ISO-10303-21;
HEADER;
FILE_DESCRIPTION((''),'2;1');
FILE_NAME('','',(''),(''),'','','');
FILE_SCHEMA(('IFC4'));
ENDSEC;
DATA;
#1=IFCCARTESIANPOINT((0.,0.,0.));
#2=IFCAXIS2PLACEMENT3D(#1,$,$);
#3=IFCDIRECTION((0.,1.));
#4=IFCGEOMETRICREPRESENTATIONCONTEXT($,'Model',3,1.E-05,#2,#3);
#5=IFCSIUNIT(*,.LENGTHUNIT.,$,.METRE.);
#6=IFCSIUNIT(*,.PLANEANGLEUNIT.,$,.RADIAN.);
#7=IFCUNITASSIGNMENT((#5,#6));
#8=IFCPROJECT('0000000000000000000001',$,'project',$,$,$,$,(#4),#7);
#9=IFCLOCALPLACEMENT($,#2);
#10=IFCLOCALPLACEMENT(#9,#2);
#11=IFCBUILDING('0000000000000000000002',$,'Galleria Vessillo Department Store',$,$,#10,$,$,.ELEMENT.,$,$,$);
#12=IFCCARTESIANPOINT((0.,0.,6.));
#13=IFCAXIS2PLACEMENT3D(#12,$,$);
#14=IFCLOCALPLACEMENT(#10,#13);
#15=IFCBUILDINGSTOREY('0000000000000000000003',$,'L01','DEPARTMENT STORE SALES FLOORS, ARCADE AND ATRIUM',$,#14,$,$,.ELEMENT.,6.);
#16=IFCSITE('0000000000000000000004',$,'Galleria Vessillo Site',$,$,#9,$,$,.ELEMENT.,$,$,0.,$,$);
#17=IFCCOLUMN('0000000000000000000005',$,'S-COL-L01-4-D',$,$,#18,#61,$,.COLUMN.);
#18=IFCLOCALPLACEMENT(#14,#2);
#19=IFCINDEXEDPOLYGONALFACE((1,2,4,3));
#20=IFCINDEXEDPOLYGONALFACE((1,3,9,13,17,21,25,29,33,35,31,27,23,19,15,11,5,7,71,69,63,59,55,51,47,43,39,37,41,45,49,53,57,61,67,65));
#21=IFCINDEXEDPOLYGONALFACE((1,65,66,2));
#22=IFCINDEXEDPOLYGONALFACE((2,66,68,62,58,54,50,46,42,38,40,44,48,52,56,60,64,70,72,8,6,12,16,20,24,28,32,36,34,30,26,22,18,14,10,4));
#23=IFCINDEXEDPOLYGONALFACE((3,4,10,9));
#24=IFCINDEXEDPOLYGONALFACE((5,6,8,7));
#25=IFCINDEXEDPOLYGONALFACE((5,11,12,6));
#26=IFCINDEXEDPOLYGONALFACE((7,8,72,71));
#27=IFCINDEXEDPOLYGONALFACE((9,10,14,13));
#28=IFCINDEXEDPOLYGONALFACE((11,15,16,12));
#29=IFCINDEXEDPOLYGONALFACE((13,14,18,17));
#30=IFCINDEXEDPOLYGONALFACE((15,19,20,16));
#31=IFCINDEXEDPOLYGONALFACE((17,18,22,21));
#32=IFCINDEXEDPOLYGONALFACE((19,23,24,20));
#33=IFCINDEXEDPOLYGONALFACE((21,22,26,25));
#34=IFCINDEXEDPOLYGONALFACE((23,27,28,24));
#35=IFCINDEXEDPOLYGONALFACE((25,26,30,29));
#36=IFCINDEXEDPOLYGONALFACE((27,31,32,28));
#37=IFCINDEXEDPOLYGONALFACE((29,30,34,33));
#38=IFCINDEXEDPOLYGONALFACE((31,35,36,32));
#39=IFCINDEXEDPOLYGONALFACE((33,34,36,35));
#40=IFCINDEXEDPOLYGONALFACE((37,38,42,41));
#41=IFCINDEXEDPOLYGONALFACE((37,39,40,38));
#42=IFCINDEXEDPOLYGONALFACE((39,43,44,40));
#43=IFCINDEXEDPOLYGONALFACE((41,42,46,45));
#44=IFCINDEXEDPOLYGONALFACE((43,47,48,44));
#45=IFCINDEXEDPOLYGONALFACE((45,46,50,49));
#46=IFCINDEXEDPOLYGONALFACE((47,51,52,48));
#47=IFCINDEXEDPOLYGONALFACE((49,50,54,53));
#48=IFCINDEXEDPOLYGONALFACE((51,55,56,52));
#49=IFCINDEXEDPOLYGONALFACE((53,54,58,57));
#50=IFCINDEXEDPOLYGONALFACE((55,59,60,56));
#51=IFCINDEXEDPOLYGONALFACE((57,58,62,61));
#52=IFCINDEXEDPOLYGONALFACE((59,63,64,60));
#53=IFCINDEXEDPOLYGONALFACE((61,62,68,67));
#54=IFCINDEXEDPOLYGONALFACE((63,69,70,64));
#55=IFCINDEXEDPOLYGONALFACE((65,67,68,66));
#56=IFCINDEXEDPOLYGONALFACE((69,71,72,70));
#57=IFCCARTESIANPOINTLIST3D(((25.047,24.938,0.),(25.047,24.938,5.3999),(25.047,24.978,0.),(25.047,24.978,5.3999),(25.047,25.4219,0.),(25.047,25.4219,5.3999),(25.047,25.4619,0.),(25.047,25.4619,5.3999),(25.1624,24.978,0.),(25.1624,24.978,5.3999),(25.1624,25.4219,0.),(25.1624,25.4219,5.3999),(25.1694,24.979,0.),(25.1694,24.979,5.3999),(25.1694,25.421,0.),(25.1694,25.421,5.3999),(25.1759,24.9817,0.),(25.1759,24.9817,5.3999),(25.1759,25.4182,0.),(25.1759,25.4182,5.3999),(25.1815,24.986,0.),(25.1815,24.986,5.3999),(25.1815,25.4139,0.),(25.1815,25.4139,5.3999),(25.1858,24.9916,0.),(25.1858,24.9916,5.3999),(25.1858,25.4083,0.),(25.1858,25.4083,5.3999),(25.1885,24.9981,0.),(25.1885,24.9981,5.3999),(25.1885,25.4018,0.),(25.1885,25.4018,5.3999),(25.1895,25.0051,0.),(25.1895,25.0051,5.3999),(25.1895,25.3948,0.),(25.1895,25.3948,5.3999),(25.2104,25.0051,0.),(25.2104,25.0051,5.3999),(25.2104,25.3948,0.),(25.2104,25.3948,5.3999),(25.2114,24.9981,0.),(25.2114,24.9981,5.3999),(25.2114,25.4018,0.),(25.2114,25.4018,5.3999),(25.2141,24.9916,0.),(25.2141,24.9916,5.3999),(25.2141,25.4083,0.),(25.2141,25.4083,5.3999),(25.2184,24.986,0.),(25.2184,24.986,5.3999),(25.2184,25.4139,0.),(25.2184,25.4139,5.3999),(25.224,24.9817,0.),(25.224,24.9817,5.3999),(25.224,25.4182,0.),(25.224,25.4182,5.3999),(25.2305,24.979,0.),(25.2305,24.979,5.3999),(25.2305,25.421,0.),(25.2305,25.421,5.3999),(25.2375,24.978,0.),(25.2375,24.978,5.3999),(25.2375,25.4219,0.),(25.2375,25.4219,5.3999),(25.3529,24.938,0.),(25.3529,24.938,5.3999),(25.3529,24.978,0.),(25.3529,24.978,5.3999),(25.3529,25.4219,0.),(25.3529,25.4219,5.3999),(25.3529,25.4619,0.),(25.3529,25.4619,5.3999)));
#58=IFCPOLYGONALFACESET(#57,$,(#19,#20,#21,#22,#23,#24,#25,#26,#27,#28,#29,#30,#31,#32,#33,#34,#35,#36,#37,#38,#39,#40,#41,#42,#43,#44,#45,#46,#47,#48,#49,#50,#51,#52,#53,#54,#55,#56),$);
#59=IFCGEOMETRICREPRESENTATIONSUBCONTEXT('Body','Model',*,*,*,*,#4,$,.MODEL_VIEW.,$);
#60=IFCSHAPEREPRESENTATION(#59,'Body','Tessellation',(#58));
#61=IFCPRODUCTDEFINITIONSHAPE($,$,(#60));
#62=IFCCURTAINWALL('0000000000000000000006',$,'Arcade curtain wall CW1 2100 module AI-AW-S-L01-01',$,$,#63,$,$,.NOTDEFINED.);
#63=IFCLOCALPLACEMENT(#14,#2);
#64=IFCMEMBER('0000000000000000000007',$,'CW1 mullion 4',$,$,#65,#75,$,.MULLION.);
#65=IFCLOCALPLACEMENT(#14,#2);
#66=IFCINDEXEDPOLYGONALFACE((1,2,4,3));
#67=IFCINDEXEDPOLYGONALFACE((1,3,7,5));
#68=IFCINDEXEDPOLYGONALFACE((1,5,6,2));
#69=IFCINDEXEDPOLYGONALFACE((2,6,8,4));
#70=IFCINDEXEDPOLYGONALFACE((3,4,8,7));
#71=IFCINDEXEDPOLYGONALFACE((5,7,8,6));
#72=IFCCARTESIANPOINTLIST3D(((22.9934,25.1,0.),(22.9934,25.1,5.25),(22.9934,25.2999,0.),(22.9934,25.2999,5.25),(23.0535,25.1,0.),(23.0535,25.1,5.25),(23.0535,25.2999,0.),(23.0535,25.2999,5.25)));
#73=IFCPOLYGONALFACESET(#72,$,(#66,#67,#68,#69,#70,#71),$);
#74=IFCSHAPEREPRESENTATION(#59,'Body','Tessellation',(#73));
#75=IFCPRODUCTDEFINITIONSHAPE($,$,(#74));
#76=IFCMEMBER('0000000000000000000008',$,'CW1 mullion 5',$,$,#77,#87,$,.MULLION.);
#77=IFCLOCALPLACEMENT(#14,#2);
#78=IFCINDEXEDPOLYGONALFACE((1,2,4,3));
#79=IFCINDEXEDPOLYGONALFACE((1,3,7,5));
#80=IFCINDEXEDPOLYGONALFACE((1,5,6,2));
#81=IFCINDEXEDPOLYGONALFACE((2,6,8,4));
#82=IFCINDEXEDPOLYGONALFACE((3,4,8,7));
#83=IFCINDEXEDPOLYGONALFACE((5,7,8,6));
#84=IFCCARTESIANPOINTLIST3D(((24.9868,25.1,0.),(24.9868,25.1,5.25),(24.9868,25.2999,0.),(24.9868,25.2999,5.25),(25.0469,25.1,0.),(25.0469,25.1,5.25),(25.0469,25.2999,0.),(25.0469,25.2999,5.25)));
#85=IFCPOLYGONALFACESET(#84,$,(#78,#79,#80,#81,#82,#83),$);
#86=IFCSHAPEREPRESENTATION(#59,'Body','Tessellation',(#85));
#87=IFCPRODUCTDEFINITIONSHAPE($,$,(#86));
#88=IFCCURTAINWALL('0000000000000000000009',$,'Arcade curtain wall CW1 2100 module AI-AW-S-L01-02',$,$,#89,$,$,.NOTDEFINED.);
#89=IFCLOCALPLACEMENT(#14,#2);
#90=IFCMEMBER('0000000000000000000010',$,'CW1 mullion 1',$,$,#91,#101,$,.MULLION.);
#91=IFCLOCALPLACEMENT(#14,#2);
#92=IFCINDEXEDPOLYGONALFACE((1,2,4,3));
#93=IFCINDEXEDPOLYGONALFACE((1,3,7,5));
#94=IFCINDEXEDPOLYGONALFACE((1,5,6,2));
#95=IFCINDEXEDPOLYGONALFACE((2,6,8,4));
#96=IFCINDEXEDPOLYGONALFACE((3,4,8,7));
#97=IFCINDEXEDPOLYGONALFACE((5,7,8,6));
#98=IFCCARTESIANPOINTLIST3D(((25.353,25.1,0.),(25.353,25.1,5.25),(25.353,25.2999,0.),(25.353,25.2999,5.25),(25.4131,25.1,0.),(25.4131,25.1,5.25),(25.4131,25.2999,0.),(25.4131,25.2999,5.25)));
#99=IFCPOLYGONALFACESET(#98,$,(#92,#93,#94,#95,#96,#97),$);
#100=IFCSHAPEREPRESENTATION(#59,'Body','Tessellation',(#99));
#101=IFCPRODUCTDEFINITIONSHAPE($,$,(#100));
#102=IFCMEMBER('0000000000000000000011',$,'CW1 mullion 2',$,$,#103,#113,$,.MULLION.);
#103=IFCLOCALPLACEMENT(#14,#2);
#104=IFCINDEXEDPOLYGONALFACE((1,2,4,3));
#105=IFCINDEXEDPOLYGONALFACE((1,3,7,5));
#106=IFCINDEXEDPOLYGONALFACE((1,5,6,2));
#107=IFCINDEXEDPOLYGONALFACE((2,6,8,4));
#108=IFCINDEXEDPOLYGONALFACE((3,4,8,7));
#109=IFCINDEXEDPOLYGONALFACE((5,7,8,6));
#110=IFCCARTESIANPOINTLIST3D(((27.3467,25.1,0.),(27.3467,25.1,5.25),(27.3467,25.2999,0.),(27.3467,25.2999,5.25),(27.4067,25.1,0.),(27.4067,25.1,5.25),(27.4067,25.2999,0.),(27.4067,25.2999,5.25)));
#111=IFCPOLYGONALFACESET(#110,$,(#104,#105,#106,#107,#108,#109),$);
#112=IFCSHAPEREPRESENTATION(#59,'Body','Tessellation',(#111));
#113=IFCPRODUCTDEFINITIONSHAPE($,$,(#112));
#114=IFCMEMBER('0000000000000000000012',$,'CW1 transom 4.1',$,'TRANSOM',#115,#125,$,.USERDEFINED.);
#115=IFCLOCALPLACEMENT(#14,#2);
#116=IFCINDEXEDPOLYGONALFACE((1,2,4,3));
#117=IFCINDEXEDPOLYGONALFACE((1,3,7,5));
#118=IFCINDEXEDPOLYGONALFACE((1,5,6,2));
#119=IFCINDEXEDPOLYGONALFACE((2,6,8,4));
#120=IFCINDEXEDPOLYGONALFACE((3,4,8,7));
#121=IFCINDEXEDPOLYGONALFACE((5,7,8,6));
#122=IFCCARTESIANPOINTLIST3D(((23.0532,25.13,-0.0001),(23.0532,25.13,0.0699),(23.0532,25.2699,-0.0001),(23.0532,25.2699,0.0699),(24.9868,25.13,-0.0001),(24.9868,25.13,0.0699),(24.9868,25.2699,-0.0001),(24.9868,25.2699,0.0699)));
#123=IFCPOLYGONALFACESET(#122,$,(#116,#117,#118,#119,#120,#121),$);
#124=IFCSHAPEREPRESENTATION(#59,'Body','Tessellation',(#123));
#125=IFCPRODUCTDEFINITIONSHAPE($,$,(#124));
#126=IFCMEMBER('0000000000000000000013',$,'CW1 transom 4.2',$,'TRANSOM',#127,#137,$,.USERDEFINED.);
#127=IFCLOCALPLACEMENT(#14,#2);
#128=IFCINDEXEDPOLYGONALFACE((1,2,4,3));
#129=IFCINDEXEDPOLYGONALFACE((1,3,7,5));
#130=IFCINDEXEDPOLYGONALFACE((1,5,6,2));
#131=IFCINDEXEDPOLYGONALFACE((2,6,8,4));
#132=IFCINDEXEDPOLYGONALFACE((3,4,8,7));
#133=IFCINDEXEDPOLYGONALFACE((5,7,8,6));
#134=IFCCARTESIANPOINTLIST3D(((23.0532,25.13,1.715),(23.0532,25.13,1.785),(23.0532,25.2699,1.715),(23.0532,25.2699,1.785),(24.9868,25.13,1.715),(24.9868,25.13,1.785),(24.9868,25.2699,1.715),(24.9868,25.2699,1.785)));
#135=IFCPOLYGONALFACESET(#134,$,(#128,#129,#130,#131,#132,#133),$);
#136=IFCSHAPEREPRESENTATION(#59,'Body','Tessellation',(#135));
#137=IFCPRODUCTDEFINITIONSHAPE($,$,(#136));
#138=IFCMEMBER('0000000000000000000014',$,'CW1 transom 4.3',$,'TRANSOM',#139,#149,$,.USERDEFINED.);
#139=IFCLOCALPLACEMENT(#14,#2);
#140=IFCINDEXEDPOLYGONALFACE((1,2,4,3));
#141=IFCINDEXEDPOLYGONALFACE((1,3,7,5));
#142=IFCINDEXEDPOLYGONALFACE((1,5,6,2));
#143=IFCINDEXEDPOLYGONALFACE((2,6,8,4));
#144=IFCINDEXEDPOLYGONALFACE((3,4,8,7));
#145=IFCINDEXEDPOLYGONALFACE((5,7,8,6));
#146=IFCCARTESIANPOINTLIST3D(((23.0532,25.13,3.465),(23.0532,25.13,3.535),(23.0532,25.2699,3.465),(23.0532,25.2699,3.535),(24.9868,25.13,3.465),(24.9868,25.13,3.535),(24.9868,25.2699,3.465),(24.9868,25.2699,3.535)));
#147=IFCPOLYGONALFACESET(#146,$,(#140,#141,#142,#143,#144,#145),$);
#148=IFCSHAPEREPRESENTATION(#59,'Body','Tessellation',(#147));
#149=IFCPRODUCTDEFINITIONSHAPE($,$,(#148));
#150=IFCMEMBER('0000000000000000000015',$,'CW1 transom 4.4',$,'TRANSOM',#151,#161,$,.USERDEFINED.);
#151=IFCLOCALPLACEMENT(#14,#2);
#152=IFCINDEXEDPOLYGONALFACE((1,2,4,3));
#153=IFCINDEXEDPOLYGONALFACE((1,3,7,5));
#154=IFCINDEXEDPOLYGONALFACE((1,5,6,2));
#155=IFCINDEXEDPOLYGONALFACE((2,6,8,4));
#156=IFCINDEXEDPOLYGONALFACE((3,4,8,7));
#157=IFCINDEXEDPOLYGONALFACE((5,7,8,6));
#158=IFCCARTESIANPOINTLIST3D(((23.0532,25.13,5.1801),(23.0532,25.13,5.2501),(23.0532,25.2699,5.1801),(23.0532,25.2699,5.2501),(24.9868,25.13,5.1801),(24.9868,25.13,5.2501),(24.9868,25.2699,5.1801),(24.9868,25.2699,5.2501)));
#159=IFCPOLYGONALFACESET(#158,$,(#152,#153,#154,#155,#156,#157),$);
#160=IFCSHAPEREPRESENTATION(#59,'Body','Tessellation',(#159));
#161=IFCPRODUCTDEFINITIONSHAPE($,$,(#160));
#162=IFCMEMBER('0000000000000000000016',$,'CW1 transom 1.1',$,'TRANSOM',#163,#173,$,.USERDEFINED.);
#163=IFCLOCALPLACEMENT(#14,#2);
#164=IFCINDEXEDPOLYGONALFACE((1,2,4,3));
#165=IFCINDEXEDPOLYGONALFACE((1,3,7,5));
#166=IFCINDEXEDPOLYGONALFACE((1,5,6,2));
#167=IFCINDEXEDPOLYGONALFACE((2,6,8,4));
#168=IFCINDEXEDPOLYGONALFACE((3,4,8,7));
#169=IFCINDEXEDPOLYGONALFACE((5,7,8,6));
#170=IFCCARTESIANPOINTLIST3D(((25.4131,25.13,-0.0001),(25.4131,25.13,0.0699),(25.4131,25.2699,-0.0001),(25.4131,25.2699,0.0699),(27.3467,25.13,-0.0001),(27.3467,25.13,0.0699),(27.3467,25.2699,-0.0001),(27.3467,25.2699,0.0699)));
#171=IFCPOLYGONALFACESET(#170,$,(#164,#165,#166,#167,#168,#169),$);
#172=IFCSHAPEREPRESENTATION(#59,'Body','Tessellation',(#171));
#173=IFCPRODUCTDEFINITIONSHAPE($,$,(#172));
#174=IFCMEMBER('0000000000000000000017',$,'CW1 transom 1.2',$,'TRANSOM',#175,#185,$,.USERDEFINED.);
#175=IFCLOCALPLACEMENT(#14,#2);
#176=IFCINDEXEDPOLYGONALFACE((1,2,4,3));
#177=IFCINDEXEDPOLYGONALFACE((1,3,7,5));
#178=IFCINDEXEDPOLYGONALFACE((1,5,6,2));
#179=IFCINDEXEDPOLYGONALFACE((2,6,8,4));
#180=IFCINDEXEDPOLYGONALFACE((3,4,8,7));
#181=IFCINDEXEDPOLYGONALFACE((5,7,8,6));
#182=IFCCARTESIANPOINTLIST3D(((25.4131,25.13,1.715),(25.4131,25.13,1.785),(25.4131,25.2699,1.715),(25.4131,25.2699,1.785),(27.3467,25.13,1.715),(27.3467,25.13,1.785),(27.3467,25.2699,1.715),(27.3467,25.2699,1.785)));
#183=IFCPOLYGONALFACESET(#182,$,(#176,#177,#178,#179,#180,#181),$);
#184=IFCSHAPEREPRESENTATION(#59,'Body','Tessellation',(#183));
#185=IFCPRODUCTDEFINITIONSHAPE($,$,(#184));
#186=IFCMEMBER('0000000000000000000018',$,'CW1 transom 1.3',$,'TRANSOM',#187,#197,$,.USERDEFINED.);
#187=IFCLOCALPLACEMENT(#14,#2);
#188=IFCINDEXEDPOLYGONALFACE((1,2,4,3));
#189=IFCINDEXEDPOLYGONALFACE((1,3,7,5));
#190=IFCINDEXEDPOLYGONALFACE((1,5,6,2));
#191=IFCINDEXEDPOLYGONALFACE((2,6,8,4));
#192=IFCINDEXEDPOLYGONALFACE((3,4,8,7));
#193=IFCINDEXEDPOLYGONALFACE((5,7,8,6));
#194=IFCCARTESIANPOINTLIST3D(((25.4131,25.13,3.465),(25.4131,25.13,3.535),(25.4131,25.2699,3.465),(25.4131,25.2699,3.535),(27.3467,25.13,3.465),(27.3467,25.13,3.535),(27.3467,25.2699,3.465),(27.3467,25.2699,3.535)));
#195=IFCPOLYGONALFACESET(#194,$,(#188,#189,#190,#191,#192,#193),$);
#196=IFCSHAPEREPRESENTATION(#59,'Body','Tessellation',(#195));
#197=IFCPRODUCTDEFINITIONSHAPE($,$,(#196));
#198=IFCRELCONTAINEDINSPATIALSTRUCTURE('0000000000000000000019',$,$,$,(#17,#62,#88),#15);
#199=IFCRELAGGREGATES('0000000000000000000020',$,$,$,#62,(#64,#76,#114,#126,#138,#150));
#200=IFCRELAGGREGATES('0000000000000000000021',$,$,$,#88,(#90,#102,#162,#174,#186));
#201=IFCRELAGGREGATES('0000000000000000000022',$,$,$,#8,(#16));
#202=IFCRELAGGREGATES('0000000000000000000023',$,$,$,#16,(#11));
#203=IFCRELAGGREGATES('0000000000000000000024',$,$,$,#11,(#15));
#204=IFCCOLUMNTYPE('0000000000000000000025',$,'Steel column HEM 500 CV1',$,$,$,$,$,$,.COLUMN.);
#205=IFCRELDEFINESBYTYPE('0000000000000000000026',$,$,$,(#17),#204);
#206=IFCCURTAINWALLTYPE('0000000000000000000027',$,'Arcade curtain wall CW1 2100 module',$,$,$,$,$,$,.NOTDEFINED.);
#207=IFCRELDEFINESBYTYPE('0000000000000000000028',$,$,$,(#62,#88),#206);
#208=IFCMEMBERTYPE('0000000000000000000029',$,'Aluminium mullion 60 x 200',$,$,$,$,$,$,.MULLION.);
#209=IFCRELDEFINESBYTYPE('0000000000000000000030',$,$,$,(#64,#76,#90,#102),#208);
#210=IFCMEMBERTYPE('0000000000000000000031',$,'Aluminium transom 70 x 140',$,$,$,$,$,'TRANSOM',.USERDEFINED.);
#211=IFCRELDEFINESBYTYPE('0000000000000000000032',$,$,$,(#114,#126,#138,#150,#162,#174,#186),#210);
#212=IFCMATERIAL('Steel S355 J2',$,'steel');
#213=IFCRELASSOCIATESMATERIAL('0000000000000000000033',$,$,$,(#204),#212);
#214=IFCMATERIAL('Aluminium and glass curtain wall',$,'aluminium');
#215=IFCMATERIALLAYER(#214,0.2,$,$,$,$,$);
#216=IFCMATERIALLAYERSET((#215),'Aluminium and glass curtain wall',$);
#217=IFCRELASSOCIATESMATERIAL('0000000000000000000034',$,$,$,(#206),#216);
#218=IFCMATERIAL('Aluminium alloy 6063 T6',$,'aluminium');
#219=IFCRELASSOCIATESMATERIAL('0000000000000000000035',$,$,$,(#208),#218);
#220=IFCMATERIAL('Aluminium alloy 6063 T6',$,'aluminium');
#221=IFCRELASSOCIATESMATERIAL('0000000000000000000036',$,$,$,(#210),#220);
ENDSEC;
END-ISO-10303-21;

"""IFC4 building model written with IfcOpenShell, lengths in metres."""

from ifc_helpers import new_model, si_unit, direction, frame, origin, origin_2d, place, context, subcontext, project, spatial, rectangle, i_section, extrude, material, layer, layer_set, material_profile, profile_set, type_object, element, aggregate, save


model = new_model("IFC4")

# Units and contexts
model_context = context("Model", 3, precision=1e-05, world=origin(), true_north=direction((0.0, 1.0)))
body_context = subcontext(model_context, "Body", "Model", "MODEL_VIEW")
ifc_project = project(units=[si_unit("LENGTHUNIT", "METRE"), si_unit("PLANEANGLEUNIT", "RADIAN")], contexts=[model_context])

# Site, building, storey
site_placement = place(None, origin())
site = spatial("IfcSite", under=ifc_project, at=site_placement, Name="Galleria Vessillo Site", CompositionType="ELEMENT", RefElevation=0.0)
building_placement = place(site_placement, origin())
building = spatial("IfcBuilding", under=site, at=building_placement, Name="Galleria Vessillo Department Store", CompositionType="ELEMENT")
storey_placement = place(building_placement, frame((0.0, 0.0, 6.0)))
storey = spatial("IfcBuildingStorey", under=building, at=storey_placement, Name="L01", Description="DEPARTMENT STORE SALES FLOORS, ARCADE AND ATRIUM", CompositionType="ELEMENT", Elevation=6.0)

# Column
ifc_material_1 = material(Name="Steel S355 J2", Category="steel")
ifc_material_profile_1 = material_profile(ifc_material_1, i_section(OverallWidth=0.3059, OverallDepth=0.5239, WebThickness=0.021, FlangeThickness=0.04, FilletRadius=0.0271, at=origin_2d()), Name="HEM 500")
ifc_profile_set_1 = profile_set([ifc_material_profile_1], Name="Steel S355 J2")
column_type = type_object("IfcColumnType", Name="Steel column HEM 500 CV1", PredefinedType="COLUMN", material=ifc_profile_set_1)
column_placement = place(storey_placement, frame((25.2, 25.2, 0.0), z_axis=(0.0, 0.0, 1.0), x_axis=(1.0, 0.0, 0.0)))
element("IfcColumn", 1, at=column_placement, inside=storey, type_object=column_type, Name="S-COL-L01-4-D", PredefinedType="COLUMN", context=body_context, shape_type="SweptSolid", body=[
    extrude(i_section(OverallWidth=0.3059, OverallDepth=0.5239, WebThickness=0.021, FlangeThickness=0.04, FilletRadius=0.0271, at=origin_2d()), origin(), (0.0, 0.0, 1.0), 5.3999),
])

# Curtain walls, members
ifc_material_2 = material(Name="Aluminium and glass curtain wall", Category="aluminium")
ifc_layer_1 = layer(ifc_material_2, 0.2)
ifc_layer_set_1 = layer_set([ifc_layer_1], Name="Aluminium and glass curtain wall")
curtain_wall_type = type_object("IfcCurtainWallType", Name="Arcade curtain wall CW1 2100 module", PredefinedType="NOTDEFINED", material=ifc_layer_set_1)
curtain_wall_1_placement = place(storey_placement, origin())
curtain_wall_1 = element("IfcCurtainWall", 2, at=curtain_wall_1_placement, inside=storey, type_object=curtain_wall_type, Name="Arcade curtain wall CW1 2100 module AI-AW-S-L01-01", PredefinedType="NOTDEFINED")
ifc_material_3 = material(Name="Aluminium alloy 6063 T6", Category="aluminium")
ifc_material_profile_2 = material_profile(ifc_material_3, rectangle(XDim=0.2, YDim=0.0601, at=origin_2d()), Name="AL 60x200")
ifc_profile_set_2 = profile_set([ifc_material_profile_2], Name="Aluminium alloy 6063 T6")
member_type_1 = type_object("IfcMemberType", Name="Aluminium mullion 60 x 200", PredefinedType="MULLION", material=ifc_profile_set_2)
member_1_placement = place(storey_placement, frame((23.0234, 25.2, 0.0), z_axis=(0.0, 0.0, 1.0), x_axis=(0.0, 1.0, 0.0)))
member_1 = element("IfcMember", 3, at=member_1_placement, type_object=member_type_1, Name="CW1 mullion 4", PredefinedType="MULLION", context=body_context, shape_type="SweptSolid", body=[
    extrude(rectangle(XDim=0.2, YDim=0.0601, at=origin_2d()), origin(), (0.0, 0.0, 1.0), 5.25),
])
member_2_placement = place(storey_placement, frame((25.0168, 25.2, 0.0), z_axis=(0.0, 0.0, 1.0), x_axis=(0.0, 1.0, 0.0)))
member_2 = element("IfcMember", 4, at=member_2_placement, type_object=member_type_1, Name="CW1 mullion 5", PredefinedType="MULLION", context=body_context, shape_type="SweptSolid", body=[
    extrude(rectangle(XDim=0.2, YDim=0.0601, at=origin_2d()), origin(), (0.0, 0.0, 1.0), 5.25),
])
curtain_wall_2_placement = place(storey_placement, origin())
curtain_wall_2 = element("IfcCurtainWall", 5, at=curtain_wall_2_placement, inside=storey, type_object=curtain_wall_type, Name="Arcade curtain wall CW1 2100 module AI-AW-S-L01-02", PredefinedType="NOTDEFINED")
member_3_placement = place(storey_placement, frame((25.3831, 25.2, 0.0), z_axis=(0.0, 0.0, 1.0), x_axis=(0.0, 1.0, 0.0)))
member_3 = element("IfcMember", 6, at=member_3_placement, type_object=member_type_1, Name="CW1 mullion 1", PredefinedType="MULLION", context=body_context, shape_type="SweptSolid", body=[
    extrude(rectangle(XDim=0.2, YDim=0.0601, at=origin_2d()), origin(), (0.0, 0.0, 1.0), 5.25),
])
member_4_placement = place(storey_placement, frame((27.3767, 25.2, 0.0), z_axis=(0.0, 0.0, 1.0), x_axis=(0.0, 1.0, 0.0)))
member_4 = element("IfcMember", 7, at=member_4_placement, type_object=member_type_1, Name="CW1 mullion 2", PredefinedType="MULLION", context=body_context, shape_type="SweptSolid", body=[
    extrude(rectangle(XDim=0.2, YDim=0.0601, at=origin_2d()), origin(), (0.0, 0.0, 1.0), 5.25),
])

# Members
ifc_material_4 = material(Name="Aluminium alloy 6063 T6", Category="aluminium")
ifc_material_profile_3 = material_profile(ifc_material_4, rectangle(XDim=0.1399, YDim=0.0701, at=origin_2d()), Name="AL 70x140")
ifc_profile_set_3 = profile_set([ifc_material_profile_3], Name="Aluminium alloy 6063 T6")
member_type_2 = type_object("IfcMemberType", Name="Aluminium transom 70 x 140", ElementType="TRANSOM", PredefinedType="USERDEFINED", material=ifc_profile_set_3)
member_5_placement = place(storey_placement, frame((23.0532, 25.2, 0.0349), z_axis=(1.0, 0.0, 0.0), x_axis=(0.0, 1.0, 0.0)))
member_5 = element("IfcMember", 8, at=member_5_placement, type_object=member_type_2, Name="CW1 transom 4.1", ObjectType="TRANSOM", PredefinedType="USERDEFINED", context=body_context, shape_type="SweptSolid", body=[
    extrude(rectangle(XDim=0.1399, YDim=0.0701, at=origin_2d()), origin(), (0.0, 0.0, 1.0), 1.9336),
])
member_6_placement = place(storey_placement, frame((23.0532, 25.2, 1.75), z_axis=(1.0, 0.0, 0.0), x_axis=(0.0, 1.0, 0.0)))
member_6 = element("IfcMember", 9, at=member_6_placement, type_object=member_type_2, Name="CW1 transom 4.2", ObjectType="TRANSOM", PredefinedType="USERDEFINED", context=body_context, shape_type="SweptSolid", body=[
    extrude(rectangle(XDim=0.1399, YDim=0.0701, at=origin_2d()), origin(), (0.0, 0.0, 1.0), 1.9336),
])
member_7_placement = place(storey_placement, frame((23.0532, 25.2, 3.5), z_axis=(1.0, 0.0, 0.0), x_axis=(0.0, 1.0, 0.0)))
member_7 = element("IfcMember", 10, at=member_7_placement, type_object=member_type_2, Name="CW1 transom 4.3", ObjectType="TRANSOM", PredefinedType="USERDEFINED", context=body_context, shape_type="SweptSolid", body=[
    extrude(rectangle(XDim=0.1399, YDim=0.0701, at=origin_2d()), origin(), (0.0, 0.0, 1.0), 1.9336),
])
member_8_placement = place(storey_placement, frame((23.0532, 25.2, 5.2151), z_axis=(1.0, 0.0, 0.0), x_axis=(0.0, 1.0, 0.0)))
member_8 = element("IfcMember", 11, at=member_8_placement, type_object=member_type_2, Name="CW1 transom 4.4", ObjectType="TRANSOM", PredefinedType="USERDEFINED", context=body_context, shape_type="SweptSolid", body=[
    extrude(rectangle(XDim=0.1399, YDim=0.0701, at=origin_2d()), origin(), (0.0, 0.0, 1.0), 1.9336),
])
member_9_placement = place(storey_placement, frame((25.4131, 25.2, 0.0349), z_axis=(1.0, 0.0, 0.0), x_axis=(0.0, 1.0, 0.0)))
member_9 = element("IfcMember", 12, at=member_9_placement, type_object=member_type_2, Name="CW1 transom 1.1", ObjectType="TRANSOM", PredefinedType="USERDEFINED", context=body_context, shape_type="SweptSolid", body=[
    extrude(rectangle(XDim=0.1399, YDim=0.0701, at=origin_2d()), origin(), (0.0, 0.0, 1.0), 1.9336),
])
member_10_placement = place(storey_placement, frame((25.4131, 25.2, 1.75), z_axis=(1.0, 0.0, 0.0), x_axis=(0.0, 1.0, 0.0)))
member_10 = element("IfcMember", 13, at=member_10_placement, type_object=member_type_2, Name="CW1 transom 1.2", ObjectType="TRANSOM", PredefinedType="USERDEFINED", context=body_context, shape_type="SweptSolid", body=[
    extrude(rectangle(XDim=0.1399, YDim=0.0701, at=origin_2d()), origin(), (0.0, 0.0, 1.0), 1.9336),
])
member_11_placement = place(storey_placement, frame((25.4131, 25.2, 3.5), z_axis=(1.0, 0.0, 0.0), x_axis=(0.0, 1.0, 0.0)))
member_11 = element("IfcMember", 14, at=member_11_placement, type_object=member_type_2, Name="CW1 transom 1.3", ObjectType="TRANSOM", PredefinedType="USERDEFINED", context=body_context, shape_type="SweptSolid", body=[
    extrude(rectangle(XDim=0.1399, YDim=0.0701, at=origin_2d()), origin(), (0.0, 0.0, 1.0), 1.9336),
])

aggregate(curtain_wall_1, [member_1, member_2, member_5, member_6, member_7, member_8])
aggregate(curtain_wall_2, [member_3, member_4, member_9, member_10, member_11])

save(model, "model.ifc")
